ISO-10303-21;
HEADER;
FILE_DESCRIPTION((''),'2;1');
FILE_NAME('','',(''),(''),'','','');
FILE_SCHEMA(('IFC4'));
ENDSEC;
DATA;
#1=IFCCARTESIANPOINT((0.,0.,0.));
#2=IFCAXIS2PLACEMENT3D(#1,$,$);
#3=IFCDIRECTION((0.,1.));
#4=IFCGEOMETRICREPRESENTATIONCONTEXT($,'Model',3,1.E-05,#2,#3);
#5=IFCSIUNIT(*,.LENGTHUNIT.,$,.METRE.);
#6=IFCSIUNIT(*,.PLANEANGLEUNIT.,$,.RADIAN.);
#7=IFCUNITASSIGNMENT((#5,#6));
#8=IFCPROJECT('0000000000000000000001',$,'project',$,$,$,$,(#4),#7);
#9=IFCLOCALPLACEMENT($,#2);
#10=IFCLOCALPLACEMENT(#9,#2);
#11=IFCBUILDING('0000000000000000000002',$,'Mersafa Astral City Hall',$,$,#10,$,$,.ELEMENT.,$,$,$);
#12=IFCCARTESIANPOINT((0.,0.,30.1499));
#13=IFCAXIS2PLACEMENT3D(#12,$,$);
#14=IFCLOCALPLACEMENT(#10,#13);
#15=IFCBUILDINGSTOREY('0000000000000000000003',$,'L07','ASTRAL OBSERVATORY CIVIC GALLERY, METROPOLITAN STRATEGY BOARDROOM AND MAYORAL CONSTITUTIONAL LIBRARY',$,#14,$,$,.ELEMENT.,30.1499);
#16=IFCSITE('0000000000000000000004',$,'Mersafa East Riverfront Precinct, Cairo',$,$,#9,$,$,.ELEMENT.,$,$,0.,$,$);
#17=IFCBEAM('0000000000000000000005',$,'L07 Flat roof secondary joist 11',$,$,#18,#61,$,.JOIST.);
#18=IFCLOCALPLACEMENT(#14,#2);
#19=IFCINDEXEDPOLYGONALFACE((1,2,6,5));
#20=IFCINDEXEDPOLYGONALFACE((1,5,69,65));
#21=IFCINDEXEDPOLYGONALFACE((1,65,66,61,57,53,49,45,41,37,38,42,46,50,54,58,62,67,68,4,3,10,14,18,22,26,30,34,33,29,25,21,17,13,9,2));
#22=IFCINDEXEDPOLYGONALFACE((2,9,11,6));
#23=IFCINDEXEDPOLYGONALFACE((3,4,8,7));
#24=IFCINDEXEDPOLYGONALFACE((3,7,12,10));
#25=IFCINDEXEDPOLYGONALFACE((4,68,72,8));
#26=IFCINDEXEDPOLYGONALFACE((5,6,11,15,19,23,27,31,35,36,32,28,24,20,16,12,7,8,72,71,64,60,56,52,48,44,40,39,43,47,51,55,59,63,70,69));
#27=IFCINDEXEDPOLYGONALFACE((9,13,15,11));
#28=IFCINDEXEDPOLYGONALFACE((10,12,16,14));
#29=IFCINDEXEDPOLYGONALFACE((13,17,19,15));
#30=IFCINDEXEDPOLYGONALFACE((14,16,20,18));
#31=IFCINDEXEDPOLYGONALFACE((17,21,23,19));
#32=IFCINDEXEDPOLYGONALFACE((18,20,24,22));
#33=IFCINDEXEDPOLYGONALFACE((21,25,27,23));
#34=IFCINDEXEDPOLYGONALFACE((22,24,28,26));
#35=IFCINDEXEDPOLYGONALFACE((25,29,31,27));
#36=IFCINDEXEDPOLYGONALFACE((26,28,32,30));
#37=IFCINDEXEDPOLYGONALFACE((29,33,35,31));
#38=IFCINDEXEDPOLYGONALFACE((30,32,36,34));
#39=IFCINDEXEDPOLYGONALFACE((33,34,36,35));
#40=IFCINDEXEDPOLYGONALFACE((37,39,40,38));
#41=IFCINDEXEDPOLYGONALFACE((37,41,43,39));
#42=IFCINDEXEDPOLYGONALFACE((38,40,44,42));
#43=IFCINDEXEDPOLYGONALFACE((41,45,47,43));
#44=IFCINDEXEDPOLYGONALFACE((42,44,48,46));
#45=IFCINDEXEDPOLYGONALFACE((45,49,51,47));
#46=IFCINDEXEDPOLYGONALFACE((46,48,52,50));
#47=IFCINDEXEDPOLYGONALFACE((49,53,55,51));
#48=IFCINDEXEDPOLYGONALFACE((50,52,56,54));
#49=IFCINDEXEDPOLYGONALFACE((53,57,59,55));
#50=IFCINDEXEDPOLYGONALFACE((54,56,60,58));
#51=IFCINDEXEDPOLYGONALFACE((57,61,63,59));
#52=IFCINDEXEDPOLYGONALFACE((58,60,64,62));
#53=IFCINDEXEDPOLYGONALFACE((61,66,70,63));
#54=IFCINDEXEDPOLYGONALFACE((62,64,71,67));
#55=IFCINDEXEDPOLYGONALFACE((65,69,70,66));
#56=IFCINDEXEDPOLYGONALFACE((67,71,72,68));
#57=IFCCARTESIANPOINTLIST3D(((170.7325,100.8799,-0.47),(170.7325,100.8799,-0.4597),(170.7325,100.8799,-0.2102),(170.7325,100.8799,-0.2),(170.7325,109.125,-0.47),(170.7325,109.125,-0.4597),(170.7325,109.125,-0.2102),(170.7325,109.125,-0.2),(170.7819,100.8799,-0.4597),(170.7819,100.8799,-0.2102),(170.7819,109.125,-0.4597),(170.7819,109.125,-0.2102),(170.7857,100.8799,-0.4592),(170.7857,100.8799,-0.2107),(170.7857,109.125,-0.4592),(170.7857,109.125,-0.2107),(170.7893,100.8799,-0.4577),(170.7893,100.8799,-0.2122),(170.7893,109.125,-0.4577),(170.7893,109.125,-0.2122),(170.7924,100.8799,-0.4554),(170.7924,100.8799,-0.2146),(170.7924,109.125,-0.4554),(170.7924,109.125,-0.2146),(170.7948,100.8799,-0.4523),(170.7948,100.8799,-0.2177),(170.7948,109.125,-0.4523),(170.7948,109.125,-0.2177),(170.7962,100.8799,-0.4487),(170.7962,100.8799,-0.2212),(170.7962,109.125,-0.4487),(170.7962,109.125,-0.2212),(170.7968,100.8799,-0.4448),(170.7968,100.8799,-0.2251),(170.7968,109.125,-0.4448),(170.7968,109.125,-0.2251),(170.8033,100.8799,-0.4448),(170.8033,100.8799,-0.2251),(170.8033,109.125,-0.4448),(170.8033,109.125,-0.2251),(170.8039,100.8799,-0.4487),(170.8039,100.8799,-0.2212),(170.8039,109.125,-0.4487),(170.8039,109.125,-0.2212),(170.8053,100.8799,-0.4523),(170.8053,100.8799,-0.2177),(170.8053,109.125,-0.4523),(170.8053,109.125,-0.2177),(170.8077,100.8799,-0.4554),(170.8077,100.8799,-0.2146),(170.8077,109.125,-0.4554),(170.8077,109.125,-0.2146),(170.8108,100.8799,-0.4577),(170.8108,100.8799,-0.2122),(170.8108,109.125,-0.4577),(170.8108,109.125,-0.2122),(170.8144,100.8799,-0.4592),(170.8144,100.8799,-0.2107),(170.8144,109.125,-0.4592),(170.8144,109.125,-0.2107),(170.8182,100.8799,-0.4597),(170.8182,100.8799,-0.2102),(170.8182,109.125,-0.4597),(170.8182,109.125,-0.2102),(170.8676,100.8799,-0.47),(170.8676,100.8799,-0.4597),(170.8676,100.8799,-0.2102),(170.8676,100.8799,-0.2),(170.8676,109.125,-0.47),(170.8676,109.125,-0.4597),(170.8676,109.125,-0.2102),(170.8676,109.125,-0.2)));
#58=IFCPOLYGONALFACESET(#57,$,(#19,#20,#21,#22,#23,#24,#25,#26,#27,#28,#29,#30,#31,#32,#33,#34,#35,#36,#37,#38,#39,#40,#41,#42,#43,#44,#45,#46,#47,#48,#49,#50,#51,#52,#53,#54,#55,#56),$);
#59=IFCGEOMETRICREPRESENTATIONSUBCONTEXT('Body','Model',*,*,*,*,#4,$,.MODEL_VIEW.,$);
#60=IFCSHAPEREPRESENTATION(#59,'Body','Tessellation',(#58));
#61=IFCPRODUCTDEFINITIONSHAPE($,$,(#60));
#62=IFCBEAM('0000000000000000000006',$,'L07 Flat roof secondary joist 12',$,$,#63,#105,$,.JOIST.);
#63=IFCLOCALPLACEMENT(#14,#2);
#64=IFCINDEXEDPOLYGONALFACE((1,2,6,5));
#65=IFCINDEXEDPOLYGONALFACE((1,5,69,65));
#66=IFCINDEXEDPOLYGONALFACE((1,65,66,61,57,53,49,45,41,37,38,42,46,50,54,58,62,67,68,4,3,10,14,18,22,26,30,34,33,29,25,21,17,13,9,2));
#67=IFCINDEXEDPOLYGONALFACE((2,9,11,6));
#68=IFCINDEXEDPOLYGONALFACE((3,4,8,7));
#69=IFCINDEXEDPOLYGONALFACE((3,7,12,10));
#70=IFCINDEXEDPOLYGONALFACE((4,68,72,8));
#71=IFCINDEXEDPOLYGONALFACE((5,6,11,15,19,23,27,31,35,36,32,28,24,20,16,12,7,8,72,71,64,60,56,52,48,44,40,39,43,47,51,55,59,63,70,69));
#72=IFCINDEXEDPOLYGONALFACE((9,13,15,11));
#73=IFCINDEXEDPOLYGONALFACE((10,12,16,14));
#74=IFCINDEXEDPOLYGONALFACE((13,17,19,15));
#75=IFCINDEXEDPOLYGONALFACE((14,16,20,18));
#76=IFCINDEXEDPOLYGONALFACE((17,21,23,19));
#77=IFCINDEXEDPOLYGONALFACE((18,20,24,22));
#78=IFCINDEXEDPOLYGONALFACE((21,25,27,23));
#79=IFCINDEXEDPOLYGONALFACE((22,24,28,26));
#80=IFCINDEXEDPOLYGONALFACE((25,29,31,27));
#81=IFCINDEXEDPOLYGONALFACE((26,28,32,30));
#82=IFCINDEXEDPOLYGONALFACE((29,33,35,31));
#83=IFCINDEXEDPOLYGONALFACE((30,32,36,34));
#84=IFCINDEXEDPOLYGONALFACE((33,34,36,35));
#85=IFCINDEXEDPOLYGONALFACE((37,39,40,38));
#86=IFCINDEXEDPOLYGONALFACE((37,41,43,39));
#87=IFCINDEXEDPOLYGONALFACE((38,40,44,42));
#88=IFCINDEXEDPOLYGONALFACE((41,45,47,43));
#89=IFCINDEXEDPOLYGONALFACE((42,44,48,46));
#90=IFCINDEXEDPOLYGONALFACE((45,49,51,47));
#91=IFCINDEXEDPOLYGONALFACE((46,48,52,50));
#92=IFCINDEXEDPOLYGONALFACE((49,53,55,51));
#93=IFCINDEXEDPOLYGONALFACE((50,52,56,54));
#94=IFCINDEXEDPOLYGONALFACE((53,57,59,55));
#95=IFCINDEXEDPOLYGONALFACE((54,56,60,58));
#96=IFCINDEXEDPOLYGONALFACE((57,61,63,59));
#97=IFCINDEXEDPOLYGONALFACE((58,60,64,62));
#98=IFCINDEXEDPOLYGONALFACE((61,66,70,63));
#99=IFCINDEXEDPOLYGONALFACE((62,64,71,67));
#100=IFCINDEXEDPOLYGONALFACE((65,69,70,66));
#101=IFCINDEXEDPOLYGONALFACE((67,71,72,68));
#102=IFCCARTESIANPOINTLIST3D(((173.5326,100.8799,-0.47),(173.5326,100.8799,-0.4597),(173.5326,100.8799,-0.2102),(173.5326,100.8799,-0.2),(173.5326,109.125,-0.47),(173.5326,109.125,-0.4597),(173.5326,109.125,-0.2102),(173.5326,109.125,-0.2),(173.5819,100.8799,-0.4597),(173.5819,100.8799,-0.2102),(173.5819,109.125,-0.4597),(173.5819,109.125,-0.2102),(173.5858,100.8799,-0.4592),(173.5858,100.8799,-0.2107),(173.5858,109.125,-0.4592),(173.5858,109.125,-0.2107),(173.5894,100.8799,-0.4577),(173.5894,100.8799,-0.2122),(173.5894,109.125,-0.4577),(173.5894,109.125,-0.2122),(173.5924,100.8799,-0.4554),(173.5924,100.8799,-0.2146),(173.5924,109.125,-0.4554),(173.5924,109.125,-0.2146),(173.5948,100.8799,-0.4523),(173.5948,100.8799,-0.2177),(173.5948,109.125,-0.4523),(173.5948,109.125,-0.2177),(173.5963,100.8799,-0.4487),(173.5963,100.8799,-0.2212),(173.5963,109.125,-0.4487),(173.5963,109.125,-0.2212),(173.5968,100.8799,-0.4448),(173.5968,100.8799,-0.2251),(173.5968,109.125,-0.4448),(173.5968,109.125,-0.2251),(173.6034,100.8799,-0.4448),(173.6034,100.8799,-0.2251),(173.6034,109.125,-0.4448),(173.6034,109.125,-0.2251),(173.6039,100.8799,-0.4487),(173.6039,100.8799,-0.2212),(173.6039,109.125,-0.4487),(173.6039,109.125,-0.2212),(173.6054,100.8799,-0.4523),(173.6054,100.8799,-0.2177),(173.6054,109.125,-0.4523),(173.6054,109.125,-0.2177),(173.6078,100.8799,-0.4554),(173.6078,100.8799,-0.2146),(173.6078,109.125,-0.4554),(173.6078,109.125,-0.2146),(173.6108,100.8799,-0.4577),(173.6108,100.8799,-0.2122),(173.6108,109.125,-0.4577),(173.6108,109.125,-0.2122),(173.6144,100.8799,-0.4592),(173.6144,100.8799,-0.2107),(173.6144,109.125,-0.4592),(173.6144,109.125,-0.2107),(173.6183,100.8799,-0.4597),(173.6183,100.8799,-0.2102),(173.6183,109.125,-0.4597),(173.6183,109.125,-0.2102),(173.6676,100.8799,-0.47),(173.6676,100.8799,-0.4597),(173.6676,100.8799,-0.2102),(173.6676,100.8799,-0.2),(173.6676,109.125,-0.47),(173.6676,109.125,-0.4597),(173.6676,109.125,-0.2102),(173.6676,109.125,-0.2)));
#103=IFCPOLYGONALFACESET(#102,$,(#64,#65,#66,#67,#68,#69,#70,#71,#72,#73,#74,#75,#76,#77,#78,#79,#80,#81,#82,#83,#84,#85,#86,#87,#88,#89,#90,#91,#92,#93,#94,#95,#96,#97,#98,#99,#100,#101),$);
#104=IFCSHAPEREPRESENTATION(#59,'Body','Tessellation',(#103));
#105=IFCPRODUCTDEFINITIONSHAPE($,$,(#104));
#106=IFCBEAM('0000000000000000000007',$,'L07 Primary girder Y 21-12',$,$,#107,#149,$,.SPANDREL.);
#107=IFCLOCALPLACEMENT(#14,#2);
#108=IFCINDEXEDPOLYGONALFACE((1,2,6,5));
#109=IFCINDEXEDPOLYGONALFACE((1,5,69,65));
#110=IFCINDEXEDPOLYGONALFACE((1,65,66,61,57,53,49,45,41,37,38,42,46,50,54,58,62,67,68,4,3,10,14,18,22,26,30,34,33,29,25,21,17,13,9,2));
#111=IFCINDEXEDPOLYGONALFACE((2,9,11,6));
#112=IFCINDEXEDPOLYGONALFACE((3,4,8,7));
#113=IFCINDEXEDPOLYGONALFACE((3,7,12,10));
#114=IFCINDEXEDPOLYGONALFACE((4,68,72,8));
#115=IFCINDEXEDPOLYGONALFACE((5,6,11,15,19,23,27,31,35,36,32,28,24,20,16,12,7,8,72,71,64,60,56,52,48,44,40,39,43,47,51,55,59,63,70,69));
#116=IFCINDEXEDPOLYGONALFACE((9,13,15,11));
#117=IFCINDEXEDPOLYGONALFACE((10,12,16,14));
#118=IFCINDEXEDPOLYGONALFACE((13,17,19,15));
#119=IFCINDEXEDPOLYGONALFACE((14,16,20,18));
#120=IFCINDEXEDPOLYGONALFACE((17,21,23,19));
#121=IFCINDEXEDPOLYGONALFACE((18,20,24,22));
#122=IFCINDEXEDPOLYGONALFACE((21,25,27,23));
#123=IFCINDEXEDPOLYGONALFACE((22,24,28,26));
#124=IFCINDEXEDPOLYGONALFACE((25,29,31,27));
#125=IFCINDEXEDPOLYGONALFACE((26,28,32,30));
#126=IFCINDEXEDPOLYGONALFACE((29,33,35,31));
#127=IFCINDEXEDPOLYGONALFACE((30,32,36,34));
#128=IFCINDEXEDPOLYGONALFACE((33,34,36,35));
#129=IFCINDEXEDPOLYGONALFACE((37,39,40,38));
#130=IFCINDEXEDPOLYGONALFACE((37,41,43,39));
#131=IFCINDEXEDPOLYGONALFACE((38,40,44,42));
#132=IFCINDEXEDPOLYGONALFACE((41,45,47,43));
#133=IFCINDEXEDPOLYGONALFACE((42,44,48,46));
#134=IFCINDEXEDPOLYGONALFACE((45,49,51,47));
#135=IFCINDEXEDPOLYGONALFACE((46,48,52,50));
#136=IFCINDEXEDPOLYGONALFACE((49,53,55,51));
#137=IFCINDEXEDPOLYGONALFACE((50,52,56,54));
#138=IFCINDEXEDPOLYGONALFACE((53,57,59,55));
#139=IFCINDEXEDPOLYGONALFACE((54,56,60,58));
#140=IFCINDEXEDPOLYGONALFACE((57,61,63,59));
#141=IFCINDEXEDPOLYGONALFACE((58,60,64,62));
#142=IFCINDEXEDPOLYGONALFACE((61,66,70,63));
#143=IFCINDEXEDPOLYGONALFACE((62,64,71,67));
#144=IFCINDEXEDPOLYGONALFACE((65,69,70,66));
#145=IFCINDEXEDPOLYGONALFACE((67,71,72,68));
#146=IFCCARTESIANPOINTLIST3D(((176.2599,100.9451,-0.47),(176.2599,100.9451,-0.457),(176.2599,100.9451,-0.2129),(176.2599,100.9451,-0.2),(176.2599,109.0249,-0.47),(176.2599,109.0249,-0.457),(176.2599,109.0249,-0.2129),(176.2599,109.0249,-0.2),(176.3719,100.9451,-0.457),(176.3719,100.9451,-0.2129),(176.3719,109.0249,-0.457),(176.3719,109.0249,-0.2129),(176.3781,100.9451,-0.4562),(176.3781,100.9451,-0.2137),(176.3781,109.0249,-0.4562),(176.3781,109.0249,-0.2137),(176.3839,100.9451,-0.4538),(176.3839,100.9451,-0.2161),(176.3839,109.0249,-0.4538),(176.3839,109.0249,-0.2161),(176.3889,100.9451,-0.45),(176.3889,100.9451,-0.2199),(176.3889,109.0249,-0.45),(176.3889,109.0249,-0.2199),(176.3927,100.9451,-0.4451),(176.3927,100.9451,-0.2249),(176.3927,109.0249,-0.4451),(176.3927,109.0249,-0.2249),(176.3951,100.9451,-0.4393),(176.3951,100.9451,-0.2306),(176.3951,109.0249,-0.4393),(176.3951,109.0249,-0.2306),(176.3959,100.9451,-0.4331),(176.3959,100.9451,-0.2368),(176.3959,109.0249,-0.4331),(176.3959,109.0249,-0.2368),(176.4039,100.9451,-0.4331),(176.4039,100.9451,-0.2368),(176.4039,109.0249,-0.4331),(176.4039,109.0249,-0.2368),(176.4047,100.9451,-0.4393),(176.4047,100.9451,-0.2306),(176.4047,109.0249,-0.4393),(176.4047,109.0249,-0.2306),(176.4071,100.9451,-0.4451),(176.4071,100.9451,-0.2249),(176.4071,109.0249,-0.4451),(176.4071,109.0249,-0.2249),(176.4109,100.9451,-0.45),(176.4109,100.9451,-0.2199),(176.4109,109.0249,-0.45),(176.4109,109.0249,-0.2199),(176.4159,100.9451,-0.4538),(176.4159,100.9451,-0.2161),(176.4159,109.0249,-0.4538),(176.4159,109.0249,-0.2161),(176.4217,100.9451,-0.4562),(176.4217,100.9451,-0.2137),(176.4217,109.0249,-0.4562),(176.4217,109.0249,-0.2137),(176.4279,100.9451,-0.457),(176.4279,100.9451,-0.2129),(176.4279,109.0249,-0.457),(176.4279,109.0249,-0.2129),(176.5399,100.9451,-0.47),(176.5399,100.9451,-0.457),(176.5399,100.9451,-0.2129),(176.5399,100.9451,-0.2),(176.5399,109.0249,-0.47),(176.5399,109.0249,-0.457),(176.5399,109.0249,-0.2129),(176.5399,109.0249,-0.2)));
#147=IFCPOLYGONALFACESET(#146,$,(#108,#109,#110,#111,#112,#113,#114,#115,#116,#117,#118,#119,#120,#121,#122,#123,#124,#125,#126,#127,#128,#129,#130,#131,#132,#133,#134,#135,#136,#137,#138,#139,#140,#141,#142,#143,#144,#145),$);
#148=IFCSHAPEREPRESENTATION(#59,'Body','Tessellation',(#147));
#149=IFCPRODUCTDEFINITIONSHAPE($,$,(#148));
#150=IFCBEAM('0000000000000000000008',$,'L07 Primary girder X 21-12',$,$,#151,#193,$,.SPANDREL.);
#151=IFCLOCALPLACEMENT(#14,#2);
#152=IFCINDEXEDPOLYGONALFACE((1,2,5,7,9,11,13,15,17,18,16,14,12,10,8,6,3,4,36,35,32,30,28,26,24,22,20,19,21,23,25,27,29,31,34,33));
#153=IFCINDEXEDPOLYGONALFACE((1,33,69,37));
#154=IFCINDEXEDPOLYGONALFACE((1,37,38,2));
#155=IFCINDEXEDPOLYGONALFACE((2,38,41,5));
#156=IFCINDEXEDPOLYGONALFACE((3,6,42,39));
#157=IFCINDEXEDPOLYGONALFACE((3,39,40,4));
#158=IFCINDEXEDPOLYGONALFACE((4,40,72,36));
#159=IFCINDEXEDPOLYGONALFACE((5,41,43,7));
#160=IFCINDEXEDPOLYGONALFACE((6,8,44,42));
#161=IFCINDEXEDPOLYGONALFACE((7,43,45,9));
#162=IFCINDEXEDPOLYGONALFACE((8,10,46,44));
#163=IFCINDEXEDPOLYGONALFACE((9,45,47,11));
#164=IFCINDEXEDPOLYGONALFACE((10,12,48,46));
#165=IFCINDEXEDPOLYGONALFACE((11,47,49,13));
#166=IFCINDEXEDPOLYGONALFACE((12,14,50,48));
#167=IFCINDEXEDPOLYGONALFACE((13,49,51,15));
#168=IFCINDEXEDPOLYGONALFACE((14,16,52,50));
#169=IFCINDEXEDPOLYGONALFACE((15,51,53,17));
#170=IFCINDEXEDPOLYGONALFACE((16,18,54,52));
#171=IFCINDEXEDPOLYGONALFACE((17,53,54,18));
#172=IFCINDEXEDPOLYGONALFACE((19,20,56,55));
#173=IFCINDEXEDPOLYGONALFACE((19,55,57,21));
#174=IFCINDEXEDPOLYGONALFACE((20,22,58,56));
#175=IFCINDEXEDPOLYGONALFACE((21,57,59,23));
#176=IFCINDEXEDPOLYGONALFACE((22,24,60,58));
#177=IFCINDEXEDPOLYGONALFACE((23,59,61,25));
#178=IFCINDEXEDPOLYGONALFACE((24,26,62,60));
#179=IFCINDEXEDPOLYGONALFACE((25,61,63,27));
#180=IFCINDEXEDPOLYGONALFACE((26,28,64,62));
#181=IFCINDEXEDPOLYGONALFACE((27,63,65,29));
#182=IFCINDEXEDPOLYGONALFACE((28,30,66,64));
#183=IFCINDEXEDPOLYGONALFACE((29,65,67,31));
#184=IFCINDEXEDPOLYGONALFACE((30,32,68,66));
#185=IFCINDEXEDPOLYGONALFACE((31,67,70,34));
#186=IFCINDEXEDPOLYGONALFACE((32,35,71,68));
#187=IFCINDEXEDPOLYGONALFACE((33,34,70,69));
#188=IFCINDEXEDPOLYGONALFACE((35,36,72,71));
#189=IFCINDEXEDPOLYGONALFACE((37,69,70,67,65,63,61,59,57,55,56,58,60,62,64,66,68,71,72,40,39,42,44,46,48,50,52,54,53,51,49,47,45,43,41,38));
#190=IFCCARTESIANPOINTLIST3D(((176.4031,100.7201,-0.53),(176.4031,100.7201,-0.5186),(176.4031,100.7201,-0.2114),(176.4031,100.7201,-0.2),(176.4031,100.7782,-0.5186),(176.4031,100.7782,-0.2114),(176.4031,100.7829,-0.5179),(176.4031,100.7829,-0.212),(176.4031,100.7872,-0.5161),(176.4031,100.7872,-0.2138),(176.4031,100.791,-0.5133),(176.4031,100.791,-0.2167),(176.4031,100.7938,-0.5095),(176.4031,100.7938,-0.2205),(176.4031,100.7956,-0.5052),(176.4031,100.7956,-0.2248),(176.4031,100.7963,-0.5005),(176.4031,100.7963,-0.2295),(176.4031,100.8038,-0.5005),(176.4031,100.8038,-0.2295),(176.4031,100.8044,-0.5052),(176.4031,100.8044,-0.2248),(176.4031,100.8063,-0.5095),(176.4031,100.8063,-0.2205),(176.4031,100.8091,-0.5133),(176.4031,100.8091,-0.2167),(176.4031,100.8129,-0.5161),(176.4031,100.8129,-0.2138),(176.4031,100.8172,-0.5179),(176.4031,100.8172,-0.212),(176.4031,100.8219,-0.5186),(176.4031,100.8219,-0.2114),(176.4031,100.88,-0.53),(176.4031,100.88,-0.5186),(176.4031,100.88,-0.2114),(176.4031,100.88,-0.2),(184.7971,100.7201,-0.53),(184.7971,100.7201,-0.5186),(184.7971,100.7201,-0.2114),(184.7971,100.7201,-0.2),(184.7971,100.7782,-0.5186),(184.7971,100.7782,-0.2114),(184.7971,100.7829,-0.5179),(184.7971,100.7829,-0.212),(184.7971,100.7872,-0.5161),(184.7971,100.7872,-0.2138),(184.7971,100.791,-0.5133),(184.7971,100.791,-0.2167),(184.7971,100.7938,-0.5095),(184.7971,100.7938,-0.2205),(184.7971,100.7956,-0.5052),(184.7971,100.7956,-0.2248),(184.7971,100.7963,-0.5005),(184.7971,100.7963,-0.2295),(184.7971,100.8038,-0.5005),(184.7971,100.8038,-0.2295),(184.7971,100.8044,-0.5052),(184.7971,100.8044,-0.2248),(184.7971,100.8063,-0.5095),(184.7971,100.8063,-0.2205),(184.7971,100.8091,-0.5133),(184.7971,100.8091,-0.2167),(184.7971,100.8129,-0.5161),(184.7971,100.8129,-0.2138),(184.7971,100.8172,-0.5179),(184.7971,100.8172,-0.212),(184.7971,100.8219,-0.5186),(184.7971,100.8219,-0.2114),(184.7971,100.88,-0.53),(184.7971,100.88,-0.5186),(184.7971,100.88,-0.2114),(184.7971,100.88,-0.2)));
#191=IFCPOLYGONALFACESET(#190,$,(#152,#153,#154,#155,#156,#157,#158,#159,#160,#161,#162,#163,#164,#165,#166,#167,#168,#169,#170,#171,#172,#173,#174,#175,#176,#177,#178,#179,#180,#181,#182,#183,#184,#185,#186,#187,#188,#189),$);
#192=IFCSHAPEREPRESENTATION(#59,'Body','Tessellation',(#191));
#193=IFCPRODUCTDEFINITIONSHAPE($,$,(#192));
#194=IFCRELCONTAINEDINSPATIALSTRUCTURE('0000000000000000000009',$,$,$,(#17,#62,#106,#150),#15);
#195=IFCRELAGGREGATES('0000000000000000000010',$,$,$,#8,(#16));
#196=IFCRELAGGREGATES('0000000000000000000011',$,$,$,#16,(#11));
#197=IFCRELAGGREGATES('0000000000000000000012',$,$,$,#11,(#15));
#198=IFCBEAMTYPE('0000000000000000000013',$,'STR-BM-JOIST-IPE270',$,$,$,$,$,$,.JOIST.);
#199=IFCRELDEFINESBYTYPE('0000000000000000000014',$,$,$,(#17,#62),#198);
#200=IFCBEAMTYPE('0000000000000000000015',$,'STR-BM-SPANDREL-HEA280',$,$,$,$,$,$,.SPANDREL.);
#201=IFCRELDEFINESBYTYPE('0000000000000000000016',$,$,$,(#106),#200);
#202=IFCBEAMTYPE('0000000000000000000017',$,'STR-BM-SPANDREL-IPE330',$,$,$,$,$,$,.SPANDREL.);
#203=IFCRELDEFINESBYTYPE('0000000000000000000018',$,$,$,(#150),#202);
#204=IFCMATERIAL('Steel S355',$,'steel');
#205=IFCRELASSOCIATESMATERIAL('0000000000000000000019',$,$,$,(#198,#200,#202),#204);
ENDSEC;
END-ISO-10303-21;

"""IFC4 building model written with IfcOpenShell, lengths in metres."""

from ifc_helpers import new_model, si_unit, direction, frame, origin, origin_2d, place, context, subcontext, project, spatial, i_section, extrude, material, material_profile, profile_set, type_object, element, save


model = new_model("IFC4")

# Units and contexts
model_context = context("Model", 3, precision=1e-05, world=origin(), true_north=direction((0.0, 1.0)))
body_context = subcontext(model_context, "Body", "Model", "MODEL_VIEW")
ifc_project = project(units=[si_unit("LENGTHUNIT", "METRE"), si_unit("PLANEANGLEUNIT", "RADIAN")], contexts=[model_context])

# Site, building, storey
site_placement = place(None, origin())
site = spatial("IfcSite", under=ifc_project, at=site_placement, Name="Mersafa East Riverfront Precinct, Cairo", CompositionType="ELEMENT", RefElevation=0.0)
building_placement = place(site_placement, origin())
building = spatial("IfcBuilding", under=site, at=building_placement, Name="Mersafa Astral City Hall", CompositionType="ELEMENT")
storey_placement = place(building_placement, frame((0.0, 0.0, 30.1499)))
storey = spatial("IfcBuildingStorey", under=building, at=storey_placement, Name="L07", Description="ASTRAL OBSERVATORY CIVIC GALLERY, METROPOLITAN STRATEGY BOARDROOM AND MAYORAL CONSTITUTIONAL LIBRARY", CompositionType="ELEMENT", Elevation=30.1499)

# Shared definitions
ifc_material_1 = material(Name="Steel S355", Category="steel")

# Beams
ifc_material_profile_1 = material_profile(ifc_material_1, i_section(OverallWidth=0.135, OverallDepth=0.27, WebThickness=0.0066, FlangeThickness=0.0103, FilletRadius=0.0149, at=origin_2d()), Name="IPE 270")
ifc_profile_set_1 = profile_set([ifc_material_profile_1], Name="Steel S355")
beam_type_1 = type_object("IfcBeamType", Name="STR-BM-JOIST-IPE270", PredefinedType="JOIST", material=ifc_profile_set_1)
for number, where, z_axis, x_axis, name in (
    (1, (170.8, 100.8799, -0.335), (0.0, 1.0, 0.0), (-1.0, 0.0, 0.0), "L07 Flat roof secondary joist 11"),
    (2, (173.6001, 100.8799, -0.335), (0.0, 1.0, 0.0), (-1.0, 0.0, 0.0), "L07 Flat roof secondary joist 12"),
):
    element("IfcBeam", number, at=place(storey_placement, frame(where, z_axis=z_axis, x_axis=x_axis)), inside=storey, type_object=beam_type_1, Name=name, PredefinedType="JOIST", context=body_context, shape_type="SweptSolid", body=[
        extrude(i_section(OverallWidth=0.135, OverallDepth=0.27, WebThickness=0.0066, FlangeThickness=0.0103, FilletRadius=0.0149, at=origin_2d()), origin(), (0.0, 0.0, 1.0), 8.2451),
    ])
ifc_material_profile_2 = material_profile(ifc_material_1, i_section(OverallWidth=0.28, OverallDepth=0.27, WebThickness=0.0081, FlangeThickness=0.0129, FilletRadius=0.0239, at=origin_2d()), Name="HEA 280")
ifc_profile_set_2 = profile_set([ifc_material_profile_2], Name="Steel S355")
beam_type_2 = type_object("IfcBeamType", Name="STR-BM-SPANDREL-HEA280", PredefinedType="SPANDREL", material=ifc_profile_set_2)
beam_1_placement = place(storey_placement, frame((176.3999, 100.9451, -0.335), z_axis=(0.0, 1.0, 0.0), x_axis=(-1.0, 0.0, 0.0)))
element("IfcBeam", 3, at=beam_1_placement, inside=storey, type_object=beam_type_2, Name="L07 Primary girder Y 21-12", PredefinedType="SPANDREL", context=body_context, shape_type="SweptSolid", body=[
    extrude(i_section(OverallWidth=0.28, OverallDepth=0.27, WebThickness=0.0081, FlangeThickness=0.0129, FilletRadius=0.0239, at=origin_2d()), origin(), (0.0, 0.0, 1.0), 8.0798),
])
ifc_material_profile_3 = material_profile(ifc_material_1, i_section(OverallWidth=0.1599, OverallDepth=0.3301, WebThickness=0.0076, FlangeThickness=0.0115, FilletRadius=0.0181, at=origin_2d()), Name="IPE 330")
ifc_profile_set_3 = profile_set([ifc_material_profile_3], Name="Steel S355")
beam_type_3 = type_object("IfcBeamType", Name="STR-BM-SPANDREL-IPE330", PredefinedType="SPANDREL", material=ifc_profile_set_3)
beam_2_placement = place(storey_placement, frame((176.4031, 100.8, -0.365), z_axis=(1.0, 0.0, 0.0), x_axis=(0.0, 1.0, 0.0)))
element("IfcBeam", 4, at=beam_2_placement, inside=storey, type_object=beam_type_3, Name="L07 Primary girder X 21-12", PredefinedType="SPANDREL", context=body_context, shape_type="SweptSolid", body=[
    extrude(i_section(OverallWidth=0.1599, OverallDepth=0.3301, WebThickness=0.0076, FlangeThickness=0.0115, FilletRadius=0.0181, at=origin_2d()), origin(), (0.0, 0.0, 1.0), 8.394),
])

save(model, "model.ifc")
